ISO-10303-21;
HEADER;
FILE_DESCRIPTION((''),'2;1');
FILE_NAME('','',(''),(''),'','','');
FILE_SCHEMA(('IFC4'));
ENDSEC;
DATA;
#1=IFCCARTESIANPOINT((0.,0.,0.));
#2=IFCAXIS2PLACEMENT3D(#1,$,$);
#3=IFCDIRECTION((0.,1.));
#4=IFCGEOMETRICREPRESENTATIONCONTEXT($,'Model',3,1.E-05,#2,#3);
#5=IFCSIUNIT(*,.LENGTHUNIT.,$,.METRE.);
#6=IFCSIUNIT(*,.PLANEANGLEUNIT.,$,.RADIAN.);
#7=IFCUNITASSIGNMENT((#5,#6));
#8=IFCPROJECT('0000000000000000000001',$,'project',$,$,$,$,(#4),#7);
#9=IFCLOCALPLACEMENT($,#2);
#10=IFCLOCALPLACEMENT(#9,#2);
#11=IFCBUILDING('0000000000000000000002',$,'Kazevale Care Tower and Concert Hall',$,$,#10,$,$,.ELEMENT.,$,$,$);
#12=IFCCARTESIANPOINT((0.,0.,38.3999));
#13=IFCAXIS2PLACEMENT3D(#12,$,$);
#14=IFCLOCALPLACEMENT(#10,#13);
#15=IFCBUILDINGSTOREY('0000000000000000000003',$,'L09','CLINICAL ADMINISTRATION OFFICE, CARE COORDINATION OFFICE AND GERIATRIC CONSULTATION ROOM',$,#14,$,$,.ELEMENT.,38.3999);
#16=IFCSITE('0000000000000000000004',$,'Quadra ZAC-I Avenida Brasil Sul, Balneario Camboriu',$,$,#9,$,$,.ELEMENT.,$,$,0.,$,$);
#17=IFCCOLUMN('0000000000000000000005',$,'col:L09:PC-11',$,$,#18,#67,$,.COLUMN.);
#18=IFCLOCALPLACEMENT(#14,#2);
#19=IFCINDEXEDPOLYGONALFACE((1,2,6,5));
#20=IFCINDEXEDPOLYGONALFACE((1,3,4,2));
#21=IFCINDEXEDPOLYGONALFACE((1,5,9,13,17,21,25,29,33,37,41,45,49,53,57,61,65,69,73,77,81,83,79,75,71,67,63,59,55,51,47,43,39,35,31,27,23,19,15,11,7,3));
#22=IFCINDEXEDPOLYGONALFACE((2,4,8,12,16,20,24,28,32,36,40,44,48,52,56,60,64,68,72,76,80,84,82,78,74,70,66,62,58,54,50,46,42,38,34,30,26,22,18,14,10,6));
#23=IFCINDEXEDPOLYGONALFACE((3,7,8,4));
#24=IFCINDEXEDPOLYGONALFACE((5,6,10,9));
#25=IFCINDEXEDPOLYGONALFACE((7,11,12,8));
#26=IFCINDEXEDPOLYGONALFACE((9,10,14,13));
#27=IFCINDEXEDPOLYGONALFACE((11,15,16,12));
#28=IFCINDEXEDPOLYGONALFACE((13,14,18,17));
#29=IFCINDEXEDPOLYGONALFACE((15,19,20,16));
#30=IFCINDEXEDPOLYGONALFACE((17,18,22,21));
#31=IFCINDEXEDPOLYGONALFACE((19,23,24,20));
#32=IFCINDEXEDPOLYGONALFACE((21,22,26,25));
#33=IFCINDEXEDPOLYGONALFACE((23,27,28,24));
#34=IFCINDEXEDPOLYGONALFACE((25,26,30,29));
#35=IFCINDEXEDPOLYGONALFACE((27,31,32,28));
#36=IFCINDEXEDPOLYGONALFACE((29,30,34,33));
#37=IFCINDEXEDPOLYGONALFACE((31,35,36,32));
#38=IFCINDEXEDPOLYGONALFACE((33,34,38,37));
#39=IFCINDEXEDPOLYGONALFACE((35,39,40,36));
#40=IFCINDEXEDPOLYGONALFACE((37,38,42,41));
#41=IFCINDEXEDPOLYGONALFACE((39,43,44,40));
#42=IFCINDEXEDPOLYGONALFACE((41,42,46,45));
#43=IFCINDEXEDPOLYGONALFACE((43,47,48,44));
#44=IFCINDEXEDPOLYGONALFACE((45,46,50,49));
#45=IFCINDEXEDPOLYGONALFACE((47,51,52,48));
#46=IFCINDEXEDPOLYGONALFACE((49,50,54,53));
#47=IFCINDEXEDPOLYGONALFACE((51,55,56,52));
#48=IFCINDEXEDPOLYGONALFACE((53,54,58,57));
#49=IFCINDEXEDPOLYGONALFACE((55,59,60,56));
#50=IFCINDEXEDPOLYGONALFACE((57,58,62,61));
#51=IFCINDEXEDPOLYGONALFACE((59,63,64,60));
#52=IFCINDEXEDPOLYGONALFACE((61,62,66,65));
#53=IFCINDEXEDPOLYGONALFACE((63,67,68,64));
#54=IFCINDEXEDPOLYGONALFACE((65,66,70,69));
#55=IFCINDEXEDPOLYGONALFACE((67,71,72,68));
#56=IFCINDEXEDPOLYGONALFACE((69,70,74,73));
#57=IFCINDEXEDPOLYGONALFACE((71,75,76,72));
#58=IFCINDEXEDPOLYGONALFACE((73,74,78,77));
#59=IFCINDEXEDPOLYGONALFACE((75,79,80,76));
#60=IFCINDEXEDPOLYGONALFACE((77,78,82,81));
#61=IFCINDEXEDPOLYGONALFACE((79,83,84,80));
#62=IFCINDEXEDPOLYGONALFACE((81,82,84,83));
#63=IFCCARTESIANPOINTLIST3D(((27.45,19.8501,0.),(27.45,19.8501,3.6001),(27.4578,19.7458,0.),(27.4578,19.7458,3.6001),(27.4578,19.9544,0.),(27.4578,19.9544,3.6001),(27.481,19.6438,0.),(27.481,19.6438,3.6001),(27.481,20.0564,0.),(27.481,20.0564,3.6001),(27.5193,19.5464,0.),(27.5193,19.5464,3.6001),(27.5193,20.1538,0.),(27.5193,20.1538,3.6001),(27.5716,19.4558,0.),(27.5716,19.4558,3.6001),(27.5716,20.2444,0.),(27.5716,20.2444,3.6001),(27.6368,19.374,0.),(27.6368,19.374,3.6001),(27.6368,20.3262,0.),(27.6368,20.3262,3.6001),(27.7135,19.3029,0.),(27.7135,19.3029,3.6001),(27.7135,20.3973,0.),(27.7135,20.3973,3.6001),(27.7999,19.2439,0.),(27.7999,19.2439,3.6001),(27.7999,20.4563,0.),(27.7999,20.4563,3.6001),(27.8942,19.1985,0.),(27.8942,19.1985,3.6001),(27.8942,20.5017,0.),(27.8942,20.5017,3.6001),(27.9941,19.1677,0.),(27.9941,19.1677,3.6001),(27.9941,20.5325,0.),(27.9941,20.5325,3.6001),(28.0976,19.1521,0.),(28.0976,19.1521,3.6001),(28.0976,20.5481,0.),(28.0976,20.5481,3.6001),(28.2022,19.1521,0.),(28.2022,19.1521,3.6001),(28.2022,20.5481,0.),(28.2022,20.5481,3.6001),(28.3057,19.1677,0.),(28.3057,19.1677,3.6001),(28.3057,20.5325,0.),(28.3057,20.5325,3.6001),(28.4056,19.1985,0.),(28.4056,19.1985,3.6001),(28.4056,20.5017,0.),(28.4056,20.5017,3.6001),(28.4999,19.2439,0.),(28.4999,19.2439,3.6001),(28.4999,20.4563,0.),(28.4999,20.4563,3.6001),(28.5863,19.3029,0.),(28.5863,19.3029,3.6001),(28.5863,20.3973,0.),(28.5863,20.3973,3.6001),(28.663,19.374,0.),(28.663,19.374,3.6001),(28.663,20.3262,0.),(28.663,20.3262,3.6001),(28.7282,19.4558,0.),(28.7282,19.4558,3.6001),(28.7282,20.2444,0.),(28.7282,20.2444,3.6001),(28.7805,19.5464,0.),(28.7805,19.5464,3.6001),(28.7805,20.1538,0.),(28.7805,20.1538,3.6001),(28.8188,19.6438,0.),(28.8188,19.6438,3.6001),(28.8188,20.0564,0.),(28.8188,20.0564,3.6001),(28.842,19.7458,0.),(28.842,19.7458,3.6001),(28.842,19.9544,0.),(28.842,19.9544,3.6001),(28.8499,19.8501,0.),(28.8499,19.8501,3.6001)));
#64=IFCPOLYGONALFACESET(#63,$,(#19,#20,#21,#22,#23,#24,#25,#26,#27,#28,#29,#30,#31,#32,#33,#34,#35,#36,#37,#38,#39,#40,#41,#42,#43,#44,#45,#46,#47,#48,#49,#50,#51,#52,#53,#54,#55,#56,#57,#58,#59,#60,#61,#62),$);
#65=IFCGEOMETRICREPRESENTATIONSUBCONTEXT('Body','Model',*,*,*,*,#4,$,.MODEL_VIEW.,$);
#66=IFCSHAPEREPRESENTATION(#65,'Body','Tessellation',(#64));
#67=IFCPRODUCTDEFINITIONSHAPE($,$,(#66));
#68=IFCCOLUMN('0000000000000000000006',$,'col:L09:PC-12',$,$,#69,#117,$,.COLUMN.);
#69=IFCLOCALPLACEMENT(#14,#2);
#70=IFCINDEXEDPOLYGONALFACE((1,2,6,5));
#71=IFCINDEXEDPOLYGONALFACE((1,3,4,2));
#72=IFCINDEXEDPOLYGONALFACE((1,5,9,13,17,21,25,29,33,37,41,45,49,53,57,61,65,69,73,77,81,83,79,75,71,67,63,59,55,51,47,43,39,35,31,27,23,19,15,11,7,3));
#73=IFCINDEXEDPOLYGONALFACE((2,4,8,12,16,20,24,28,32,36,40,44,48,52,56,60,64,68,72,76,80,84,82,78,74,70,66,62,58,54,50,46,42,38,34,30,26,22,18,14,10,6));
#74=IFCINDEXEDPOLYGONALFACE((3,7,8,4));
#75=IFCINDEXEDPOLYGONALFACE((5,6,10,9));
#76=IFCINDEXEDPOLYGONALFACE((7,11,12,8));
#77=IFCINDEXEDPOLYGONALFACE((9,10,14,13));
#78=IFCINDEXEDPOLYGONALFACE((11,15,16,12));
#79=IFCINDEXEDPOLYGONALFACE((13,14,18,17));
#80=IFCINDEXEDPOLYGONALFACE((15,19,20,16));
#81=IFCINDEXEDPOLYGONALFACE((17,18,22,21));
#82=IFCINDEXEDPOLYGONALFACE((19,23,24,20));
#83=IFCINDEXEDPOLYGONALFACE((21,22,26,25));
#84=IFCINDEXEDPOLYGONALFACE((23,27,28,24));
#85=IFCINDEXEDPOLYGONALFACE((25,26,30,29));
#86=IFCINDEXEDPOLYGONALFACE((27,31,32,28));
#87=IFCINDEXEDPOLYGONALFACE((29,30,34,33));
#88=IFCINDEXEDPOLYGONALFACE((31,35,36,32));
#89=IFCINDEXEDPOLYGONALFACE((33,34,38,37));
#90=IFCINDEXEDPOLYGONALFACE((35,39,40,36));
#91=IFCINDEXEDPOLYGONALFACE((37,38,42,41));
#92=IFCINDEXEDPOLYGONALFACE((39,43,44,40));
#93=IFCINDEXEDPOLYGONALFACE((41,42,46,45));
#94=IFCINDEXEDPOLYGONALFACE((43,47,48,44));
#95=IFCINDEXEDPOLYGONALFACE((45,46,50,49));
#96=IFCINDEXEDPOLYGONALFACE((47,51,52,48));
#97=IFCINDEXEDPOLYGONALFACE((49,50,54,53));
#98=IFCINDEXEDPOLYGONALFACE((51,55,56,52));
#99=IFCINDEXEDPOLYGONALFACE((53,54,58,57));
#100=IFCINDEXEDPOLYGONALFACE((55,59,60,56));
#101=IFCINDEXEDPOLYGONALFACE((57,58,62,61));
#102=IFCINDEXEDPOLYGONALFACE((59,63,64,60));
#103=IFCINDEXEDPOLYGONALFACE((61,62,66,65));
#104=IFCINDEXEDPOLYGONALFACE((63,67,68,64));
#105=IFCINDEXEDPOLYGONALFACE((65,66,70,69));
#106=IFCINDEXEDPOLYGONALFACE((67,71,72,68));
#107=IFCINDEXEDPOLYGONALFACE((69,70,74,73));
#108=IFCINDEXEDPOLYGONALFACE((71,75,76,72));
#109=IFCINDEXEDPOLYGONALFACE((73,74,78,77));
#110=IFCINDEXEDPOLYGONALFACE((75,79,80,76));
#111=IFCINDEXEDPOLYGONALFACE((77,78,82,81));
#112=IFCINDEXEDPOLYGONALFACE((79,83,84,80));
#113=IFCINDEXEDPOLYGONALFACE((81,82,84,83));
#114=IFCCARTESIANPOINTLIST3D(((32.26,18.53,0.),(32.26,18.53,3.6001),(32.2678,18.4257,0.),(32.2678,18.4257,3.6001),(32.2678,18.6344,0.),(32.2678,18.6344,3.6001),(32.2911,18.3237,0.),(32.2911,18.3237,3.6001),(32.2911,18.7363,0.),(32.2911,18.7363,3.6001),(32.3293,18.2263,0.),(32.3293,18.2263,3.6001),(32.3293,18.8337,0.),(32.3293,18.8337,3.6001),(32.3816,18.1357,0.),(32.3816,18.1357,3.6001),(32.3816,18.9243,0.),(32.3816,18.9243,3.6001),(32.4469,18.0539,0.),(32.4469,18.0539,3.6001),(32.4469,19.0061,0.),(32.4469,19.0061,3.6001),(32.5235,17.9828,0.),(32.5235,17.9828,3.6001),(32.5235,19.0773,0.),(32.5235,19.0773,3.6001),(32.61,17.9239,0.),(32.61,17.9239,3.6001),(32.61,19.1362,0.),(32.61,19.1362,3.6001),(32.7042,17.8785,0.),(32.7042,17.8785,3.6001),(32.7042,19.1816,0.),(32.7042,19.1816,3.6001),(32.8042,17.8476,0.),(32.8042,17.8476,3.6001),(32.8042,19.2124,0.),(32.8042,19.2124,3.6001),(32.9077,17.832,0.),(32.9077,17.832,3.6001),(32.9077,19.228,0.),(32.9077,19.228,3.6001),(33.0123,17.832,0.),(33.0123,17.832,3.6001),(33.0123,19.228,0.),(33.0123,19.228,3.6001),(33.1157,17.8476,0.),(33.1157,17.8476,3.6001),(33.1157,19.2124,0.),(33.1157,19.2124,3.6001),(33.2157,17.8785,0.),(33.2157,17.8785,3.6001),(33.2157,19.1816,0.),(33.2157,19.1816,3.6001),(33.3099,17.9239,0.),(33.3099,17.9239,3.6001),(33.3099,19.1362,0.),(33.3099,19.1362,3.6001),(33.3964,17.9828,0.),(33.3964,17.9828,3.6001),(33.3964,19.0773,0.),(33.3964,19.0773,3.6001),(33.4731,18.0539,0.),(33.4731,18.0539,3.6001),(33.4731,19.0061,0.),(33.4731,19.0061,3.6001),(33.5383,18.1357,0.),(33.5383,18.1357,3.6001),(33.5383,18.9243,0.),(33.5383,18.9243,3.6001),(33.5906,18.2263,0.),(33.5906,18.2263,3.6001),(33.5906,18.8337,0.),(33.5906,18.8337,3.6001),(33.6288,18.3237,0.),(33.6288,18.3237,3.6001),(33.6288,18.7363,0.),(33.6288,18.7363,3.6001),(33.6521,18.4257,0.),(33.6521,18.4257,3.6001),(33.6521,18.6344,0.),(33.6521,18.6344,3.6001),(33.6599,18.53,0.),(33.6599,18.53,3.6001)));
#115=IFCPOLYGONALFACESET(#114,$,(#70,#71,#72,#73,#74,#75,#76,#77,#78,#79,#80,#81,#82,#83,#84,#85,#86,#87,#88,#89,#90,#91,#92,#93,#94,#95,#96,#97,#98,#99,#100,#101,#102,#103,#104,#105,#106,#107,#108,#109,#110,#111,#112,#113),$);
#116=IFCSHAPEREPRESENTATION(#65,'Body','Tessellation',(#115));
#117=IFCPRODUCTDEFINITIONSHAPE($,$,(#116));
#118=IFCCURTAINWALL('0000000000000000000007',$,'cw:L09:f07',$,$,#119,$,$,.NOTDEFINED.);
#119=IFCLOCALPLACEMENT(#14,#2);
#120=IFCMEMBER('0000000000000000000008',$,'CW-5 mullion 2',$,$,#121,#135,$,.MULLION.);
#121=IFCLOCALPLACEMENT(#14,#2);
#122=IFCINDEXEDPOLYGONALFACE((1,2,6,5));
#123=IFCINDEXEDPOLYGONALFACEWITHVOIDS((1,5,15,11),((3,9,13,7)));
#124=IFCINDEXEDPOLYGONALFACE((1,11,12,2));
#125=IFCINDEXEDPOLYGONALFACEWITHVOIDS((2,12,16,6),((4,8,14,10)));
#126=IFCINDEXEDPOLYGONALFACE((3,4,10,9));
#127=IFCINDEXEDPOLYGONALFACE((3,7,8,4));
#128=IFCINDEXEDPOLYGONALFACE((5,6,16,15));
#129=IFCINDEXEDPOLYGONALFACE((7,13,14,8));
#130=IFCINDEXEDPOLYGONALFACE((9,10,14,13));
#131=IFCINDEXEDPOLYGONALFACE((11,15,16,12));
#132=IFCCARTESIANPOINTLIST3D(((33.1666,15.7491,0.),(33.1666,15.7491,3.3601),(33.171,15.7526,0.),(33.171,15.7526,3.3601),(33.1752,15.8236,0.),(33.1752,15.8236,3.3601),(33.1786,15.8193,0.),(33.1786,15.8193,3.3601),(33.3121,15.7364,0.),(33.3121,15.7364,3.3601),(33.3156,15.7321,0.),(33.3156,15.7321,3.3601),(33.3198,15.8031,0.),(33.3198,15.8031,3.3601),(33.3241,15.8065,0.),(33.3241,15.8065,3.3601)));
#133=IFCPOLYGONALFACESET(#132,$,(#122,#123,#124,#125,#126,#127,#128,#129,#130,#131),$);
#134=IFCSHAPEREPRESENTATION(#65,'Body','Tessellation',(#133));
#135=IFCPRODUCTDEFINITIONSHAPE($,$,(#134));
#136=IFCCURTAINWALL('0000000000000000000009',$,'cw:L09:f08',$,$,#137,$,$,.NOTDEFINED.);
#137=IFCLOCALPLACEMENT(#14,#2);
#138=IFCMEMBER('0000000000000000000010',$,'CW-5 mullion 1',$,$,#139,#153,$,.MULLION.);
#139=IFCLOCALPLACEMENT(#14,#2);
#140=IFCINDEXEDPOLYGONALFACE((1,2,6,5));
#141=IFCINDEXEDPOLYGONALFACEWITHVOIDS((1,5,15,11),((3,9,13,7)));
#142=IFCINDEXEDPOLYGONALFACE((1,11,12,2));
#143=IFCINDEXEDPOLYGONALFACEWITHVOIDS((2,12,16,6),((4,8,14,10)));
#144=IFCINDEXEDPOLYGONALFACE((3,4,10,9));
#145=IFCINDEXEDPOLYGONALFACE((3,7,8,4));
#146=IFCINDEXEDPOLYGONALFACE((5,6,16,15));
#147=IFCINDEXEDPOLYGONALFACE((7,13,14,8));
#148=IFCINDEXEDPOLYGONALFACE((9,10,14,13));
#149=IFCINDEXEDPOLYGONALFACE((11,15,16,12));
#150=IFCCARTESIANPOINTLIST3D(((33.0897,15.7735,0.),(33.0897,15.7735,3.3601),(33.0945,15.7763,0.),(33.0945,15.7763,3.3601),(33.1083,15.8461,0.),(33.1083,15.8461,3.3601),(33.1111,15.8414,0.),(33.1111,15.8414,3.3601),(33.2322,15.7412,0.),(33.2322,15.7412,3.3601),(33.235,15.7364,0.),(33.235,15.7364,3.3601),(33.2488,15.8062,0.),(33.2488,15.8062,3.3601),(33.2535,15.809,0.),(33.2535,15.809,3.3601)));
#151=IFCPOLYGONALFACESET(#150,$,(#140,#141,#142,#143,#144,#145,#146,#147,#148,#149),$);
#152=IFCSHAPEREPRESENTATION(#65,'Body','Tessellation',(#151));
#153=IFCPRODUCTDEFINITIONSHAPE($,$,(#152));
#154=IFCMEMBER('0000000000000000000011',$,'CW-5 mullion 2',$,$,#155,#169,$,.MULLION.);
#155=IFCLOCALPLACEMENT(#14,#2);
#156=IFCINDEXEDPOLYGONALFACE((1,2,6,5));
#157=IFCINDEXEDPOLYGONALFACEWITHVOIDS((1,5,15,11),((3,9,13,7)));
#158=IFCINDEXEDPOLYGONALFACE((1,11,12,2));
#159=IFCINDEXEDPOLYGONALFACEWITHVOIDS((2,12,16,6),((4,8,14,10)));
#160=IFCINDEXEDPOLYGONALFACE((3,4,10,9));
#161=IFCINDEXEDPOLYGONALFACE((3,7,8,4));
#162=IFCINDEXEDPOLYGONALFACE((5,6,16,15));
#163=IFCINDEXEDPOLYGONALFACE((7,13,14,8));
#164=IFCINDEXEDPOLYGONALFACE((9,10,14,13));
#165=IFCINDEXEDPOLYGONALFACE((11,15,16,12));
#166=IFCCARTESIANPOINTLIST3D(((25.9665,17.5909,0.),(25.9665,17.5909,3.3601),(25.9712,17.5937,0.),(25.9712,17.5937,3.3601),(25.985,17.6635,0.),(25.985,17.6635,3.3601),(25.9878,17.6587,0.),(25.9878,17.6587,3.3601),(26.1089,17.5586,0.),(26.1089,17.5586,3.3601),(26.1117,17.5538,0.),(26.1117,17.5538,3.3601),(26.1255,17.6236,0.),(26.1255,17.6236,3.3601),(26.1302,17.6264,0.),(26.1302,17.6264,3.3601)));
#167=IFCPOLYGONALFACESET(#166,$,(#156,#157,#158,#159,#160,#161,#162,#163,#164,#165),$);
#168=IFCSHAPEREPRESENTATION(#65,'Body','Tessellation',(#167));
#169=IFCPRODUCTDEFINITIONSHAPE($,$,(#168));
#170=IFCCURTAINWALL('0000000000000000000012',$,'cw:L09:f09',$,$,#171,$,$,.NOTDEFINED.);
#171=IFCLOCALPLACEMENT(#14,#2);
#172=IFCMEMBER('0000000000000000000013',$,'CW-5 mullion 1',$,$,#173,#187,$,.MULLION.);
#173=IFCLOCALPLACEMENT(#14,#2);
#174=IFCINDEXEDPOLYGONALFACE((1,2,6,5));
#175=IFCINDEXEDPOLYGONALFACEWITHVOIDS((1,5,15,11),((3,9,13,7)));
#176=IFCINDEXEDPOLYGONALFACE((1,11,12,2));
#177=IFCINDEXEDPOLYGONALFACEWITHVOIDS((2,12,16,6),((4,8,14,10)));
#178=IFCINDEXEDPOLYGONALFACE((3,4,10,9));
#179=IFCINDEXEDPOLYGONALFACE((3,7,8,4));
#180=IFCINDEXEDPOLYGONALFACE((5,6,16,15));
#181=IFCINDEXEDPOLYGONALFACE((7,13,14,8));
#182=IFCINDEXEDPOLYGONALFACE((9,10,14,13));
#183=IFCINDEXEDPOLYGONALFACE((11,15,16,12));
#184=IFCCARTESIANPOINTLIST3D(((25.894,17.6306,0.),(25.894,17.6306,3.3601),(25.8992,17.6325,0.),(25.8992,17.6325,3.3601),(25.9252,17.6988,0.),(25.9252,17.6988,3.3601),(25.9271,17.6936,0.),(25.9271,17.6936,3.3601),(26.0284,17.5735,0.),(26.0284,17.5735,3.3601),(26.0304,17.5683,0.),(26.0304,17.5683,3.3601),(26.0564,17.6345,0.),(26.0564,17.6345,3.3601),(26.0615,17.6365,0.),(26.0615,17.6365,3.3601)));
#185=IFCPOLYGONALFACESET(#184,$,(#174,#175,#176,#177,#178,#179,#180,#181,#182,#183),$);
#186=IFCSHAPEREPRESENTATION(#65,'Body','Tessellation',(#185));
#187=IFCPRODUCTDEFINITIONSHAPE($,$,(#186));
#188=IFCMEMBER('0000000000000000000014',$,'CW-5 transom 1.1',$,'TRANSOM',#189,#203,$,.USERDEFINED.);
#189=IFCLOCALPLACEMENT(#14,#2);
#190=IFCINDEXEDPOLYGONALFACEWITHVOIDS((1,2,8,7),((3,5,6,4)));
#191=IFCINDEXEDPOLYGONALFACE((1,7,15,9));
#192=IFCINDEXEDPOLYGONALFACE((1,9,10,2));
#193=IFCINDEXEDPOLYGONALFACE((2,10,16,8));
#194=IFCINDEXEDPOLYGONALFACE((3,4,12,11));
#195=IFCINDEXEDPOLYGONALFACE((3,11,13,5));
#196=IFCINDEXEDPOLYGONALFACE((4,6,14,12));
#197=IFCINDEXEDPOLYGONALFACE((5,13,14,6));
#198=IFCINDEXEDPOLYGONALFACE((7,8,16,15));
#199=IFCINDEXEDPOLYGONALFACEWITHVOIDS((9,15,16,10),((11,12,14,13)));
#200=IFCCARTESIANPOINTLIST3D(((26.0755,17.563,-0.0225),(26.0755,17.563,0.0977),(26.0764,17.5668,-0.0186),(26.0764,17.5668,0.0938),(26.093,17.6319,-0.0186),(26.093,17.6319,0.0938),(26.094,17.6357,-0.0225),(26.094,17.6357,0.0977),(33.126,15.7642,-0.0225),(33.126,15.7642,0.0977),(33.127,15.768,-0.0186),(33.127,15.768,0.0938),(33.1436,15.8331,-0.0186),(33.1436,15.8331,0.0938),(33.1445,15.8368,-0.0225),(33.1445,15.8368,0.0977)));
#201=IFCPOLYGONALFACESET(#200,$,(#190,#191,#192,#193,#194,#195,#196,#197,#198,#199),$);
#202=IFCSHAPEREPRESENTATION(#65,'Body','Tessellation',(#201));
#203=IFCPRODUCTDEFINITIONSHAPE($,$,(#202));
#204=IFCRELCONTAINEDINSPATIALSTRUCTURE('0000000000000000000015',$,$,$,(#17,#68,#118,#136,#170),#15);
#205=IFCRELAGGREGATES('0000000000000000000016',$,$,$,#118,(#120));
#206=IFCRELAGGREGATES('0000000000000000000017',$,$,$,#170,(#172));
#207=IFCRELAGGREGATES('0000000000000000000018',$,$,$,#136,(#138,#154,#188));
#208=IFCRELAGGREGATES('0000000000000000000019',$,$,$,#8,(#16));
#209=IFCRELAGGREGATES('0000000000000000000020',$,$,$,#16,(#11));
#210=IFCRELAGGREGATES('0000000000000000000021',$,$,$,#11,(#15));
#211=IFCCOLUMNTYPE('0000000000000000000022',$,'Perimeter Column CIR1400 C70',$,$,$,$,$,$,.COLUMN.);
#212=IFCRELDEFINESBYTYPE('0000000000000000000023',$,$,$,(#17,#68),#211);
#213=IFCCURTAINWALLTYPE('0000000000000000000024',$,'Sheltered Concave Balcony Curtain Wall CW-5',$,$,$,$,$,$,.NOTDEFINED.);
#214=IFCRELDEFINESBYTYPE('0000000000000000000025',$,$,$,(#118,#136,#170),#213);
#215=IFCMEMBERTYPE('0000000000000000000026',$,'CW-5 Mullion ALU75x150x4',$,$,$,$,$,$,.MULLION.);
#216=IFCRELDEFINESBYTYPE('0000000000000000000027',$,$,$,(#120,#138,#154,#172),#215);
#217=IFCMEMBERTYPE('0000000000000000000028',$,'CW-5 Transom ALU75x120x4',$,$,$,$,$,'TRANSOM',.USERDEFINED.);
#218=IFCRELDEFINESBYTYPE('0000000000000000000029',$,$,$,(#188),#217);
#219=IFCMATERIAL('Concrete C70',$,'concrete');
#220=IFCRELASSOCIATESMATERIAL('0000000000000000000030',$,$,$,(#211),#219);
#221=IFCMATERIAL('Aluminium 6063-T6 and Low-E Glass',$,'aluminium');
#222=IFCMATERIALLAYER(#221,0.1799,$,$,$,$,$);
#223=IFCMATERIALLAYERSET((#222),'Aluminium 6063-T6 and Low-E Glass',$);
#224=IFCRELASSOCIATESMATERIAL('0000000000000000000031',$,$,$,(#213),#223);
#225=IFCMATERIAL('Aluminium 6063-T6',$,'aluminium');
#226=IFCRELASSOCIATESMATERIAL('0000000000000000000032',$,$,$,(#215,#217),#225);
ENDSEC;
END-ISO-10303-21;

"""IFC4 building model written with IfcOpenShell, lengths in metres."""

from ifc_helpers import new_model, si_unit, direction, frame, origin, origin_2d, place, context, subcontext, project, spatial, hollow_rectangle, circle, extrude, material, layer, layer_set, material_profile, profile_set, type_object, element, aggregate, save


model = new_model("IFC4")

# Units and contexts
model_context = context("Model", 3, precision=1e-05, world=origin(), true_north=direction((0.0, 1.0)))
body_context = subcontext(model_context, "Body", "Model", "MODEL_VIEW")
ifc_project = project(units=[si_unit("LENGTHUNIT", "METRE"), si_unit("PLANEANGLEUNIT", "RADIAN")], contexts=[model_context])

# Site, building, storey
site_placement = place(None, origin())
site = spatial("IfcSite", under=ifc_project, at=site_placement, Name="Quadra ZAC-I Avenida Brasil Sul, Balneario Camboriu", CompositionType="ELEMENT", RefElevation=0.0)
building_placement = place(site_placement, origin())
building = spatial("IfcBuilding", under=site, at=building_placement, Name="Kazevale Care Tower and Concert Hall", CompositionType="ELEMENT")
storey_placement = place(building_placement, frame((0.0, 0.0, 38.3999)))
storey = spatial("IfcBuildingStorey", under=building, at=storey_placement, Name="L09", Description="CLINICAL ADMINISTRATION OFFICE, CARE COORDINATION OFFICE AND GERIATRIC CONSULTATION ROOM", CompositionType="ELEMENT", Elevation=38.3999)

# Columns
ifc_material_1 = material(Name="Concrete C70", Category="concrete")
ifc_material_profile_1 = material_profile(ifc_material_1, circle(Radius=0.7, at=origin_2d()), Name="RC-CIR1400")
ifc_profile_set_1 = profile_set([ifc_material_profile_1], Name="Concrete C70")
column_type = type_object("IfcColumnType", Name="Perimeter Column CIR1400 C70", PredefinedType="COLUMN", material=ifc_profile_set_1)
for number, where, z_axis, x_axis, name in (
    (1, (28.1499, 19.8501, 0.0), (0.0, 0.0, 1.0), (1.0, 0.0, 0.0), "col:L09:PC-11"),
    (2, (32.96, 18.53, 0.0), (0.0, 0.0, 1.0), (1.0, 0.0, 0.0), "col:L09:PC-12"),
):
    element("IfcColumn", number, at=place(storey_placement, frame(where, z_axis=z_axis, x_axis=x_axis)), inside=storey, type_object=column_type, Name=name, PredefinedType="COLUMN", context=body_context, shape_type="SweptSolid", body=[
        extrude(circle(Radius=0.7, at=origin_2d()), origin(), (0.0, 0.0, 1.0), 3.6001),
    ])

# Curtain wall, member
ifc_material_2 = material(Name="Aluminium 6063-T6 and Low-E Glass", Category="aluminium")
ifc_layer_1 = layer(ifc_material_2, 0.1799)
ifc_layer_set_1 = layer_set([ifc_layer_1], Name="Aluminium 6063-T6 and Low-E Glass")
curtain_wall_type = type_object("IfcCurtainWallType", Name="Sheltered Concave Balcony Curtain Wall CW-5", PredefinedType="NOTDEFINED", material=ifc_layer_set_1)
curtain_wall_1_placement = place(storey_placement, origin())
curtain_wall_1 = element("IfcCurtainWall", 3, at=curtain_wall_1_placement, inside=storey, type_object=curtain_wall_type, Name="cw:L09:f07", PredefinedType="NOTDEFINED")
ifc_material_3 = material(Name="Aluminium 6063-T6", Category="aluminium")
ifc_material_profile_2 = material_profile(ifc_material_3, hollow_rectangle(XDim=0.075, YDim=0.1499, WallThickness=0.0039, at=origin_2d()), Name="ALU75x150x4")
ifc_profile_set_2 = profile_set([ifc_material_profile_2], Name="Aluminium 6063-T6")
member_type_1 = type_object("IfcMemberType", Name="CW-5 Mullion ALU75x150x4", PredefinedType="MULLION", material=ifc_profile_set_2)
member_1_placement = place(storey_placement, frame((33.2454, 15.7778, 0.0), z_axis=(0.0, 0.0, 1.0), x_axis=(-0.113705, -0.993515, 0.0)))
member_1 = element("IfcMember", 4, at=member_1_placement, type_object=member_type_1, Name="CW-5 mullion 2", PredefinedType="MULLION", context=body_context, shape_type="SweptSolid", body=[
    extrude(hollow_rectangle(XDim=0.075, YDim=0.1499, WallThickness=0.0039, at=origin_2d()), origin(), (0.0, 0.0, 1.0), 3.3601),
])
aggregate(curtain_wall_1, [member_1])

# Curtain wall, members
curtain_wall_2_placement = place(storey_placement, origin())
curtain_wall_2 = element("IfcCurtainWall", 5, at=curtain_wall_2_placement, inside=storey, type_object=curtain_wall_type, Name="cw:L09:f08", PredefinedType="NOTDEFINED")
member_2_placement = place(storey_placement, frame((33.1716, 15.7913, 0.0), z_axis=(0.0, 0.0, 1.0), x_axis=(-0.247222, -0.968959, 0.0)))
member_2 = element("IfcMember", 6, at=member_2_placement, type_object=member_type_1, Name="CW-5 mullion 1", PredefinedType="MULLION", context=body_context, shape_type="SweptSolid", body=[
    extrude(hollow_rectangle(XDim=0.075, YDim=0.1499, WallThickness=0.0039, at=origin_2d()), origin(), (0.0, 0.0, 1.0), 3.3601),
])
member_3_placement = place(storey_placement, frame((26.0483, 17.6086, 0.0), z_axis=(0.0, 0.0, 1.0), x_axis=(-0.247222, -0.968959, 0.0)))
member_3 = element("IfcMember", 7, at=member_3_placement, type_object=member_type_1, Name="CW-5 mullion 2", PredefinedType="MULLION", context=body_context, shape_type="SweptSolid", body=[
    extrude(hollow_rectangle(XDim=0.075, YDim=0.1499, WallThickness=0.0039, at=origin_2d()), origin(), (0.0, 0.0, 1.0), 3.3601),
])

# Curtain wall, member
curtain_wall_3_placement = place(storey_placement, origin())
curtain_wall_3 = element("IfcCurtainWall", 8, at=curtain_wall_3_placement, inside=storey, type_object=curtain_wall_type, Name="cw:L09:f09", PredefinedType="NOTDEFINED")
member_4_placement = place(storey_placement, frame((25.9778, 17.6335, 0.0), z_axis=(0.0, 0.0, 1.0), x_axis=(-0.41566, -0.90952, 0.0)))
member_4 = element("IfcMember", 9, at=member_4_placement, type_object=member_type_1, Name="CW-5 mullion 1", PredefinedType="MULLION", context=body_context, shape_type="SweptSolid", body=[
    extrude(hollow_rectangle(XDim=0.075, YDim=0.1499, WallThickness=0.0039, at=origin_2d()), origin(), (0.0, 0.0, 1.0), 3.3601),
])

# Member
ifc_material_profile_3 = material_profile(ifc_material_3, hollow_rectangle(XDim=0.075, YDim=0.1201, WallThickness=0.0039, at=origin_2d()), Name="ALU75x120x4")
ifc_profile_set_3 = profile_set([ifc_material_profile_3], Name="Aluminium 6063-T6")
member_type_2 = type_object("IfcMemberType", Name="CW-5 Transom ALU75x120x4", ElementType="TRANSOM", PredefinedType="USERDEFINED", material=ifc_profile_set_3)
member_5_placement = place(storey_placement, frame((33.1353, 15.8005, 0.0376), z_axis=(-0.968961, 0.247214, 0.0), x_axis=(-0.247214, -0.968961, 0.0)))
member_5 = element("IfcMember", 10, at=member_5_placement, type_object=member_type_2, Name="CW-5 transom 1.1", ObjectType="TRANSOM", PredefinedType="USERDEFINED", context=body_context, shape_type="SweptSolid", body=[
    extrude(hollow_rectangle(XDim=0.075, YDim=0.1201, WallThickness=0.0039, at=origin_2d()), origin(), (0.0, 0.0, 1.0), 7.2764),
])
aggregate(curtain_wall_3, [member_4])

aggregate(curtain_wall_2, [member_2, member_3, member_5])

save(model, "model.ifc")
